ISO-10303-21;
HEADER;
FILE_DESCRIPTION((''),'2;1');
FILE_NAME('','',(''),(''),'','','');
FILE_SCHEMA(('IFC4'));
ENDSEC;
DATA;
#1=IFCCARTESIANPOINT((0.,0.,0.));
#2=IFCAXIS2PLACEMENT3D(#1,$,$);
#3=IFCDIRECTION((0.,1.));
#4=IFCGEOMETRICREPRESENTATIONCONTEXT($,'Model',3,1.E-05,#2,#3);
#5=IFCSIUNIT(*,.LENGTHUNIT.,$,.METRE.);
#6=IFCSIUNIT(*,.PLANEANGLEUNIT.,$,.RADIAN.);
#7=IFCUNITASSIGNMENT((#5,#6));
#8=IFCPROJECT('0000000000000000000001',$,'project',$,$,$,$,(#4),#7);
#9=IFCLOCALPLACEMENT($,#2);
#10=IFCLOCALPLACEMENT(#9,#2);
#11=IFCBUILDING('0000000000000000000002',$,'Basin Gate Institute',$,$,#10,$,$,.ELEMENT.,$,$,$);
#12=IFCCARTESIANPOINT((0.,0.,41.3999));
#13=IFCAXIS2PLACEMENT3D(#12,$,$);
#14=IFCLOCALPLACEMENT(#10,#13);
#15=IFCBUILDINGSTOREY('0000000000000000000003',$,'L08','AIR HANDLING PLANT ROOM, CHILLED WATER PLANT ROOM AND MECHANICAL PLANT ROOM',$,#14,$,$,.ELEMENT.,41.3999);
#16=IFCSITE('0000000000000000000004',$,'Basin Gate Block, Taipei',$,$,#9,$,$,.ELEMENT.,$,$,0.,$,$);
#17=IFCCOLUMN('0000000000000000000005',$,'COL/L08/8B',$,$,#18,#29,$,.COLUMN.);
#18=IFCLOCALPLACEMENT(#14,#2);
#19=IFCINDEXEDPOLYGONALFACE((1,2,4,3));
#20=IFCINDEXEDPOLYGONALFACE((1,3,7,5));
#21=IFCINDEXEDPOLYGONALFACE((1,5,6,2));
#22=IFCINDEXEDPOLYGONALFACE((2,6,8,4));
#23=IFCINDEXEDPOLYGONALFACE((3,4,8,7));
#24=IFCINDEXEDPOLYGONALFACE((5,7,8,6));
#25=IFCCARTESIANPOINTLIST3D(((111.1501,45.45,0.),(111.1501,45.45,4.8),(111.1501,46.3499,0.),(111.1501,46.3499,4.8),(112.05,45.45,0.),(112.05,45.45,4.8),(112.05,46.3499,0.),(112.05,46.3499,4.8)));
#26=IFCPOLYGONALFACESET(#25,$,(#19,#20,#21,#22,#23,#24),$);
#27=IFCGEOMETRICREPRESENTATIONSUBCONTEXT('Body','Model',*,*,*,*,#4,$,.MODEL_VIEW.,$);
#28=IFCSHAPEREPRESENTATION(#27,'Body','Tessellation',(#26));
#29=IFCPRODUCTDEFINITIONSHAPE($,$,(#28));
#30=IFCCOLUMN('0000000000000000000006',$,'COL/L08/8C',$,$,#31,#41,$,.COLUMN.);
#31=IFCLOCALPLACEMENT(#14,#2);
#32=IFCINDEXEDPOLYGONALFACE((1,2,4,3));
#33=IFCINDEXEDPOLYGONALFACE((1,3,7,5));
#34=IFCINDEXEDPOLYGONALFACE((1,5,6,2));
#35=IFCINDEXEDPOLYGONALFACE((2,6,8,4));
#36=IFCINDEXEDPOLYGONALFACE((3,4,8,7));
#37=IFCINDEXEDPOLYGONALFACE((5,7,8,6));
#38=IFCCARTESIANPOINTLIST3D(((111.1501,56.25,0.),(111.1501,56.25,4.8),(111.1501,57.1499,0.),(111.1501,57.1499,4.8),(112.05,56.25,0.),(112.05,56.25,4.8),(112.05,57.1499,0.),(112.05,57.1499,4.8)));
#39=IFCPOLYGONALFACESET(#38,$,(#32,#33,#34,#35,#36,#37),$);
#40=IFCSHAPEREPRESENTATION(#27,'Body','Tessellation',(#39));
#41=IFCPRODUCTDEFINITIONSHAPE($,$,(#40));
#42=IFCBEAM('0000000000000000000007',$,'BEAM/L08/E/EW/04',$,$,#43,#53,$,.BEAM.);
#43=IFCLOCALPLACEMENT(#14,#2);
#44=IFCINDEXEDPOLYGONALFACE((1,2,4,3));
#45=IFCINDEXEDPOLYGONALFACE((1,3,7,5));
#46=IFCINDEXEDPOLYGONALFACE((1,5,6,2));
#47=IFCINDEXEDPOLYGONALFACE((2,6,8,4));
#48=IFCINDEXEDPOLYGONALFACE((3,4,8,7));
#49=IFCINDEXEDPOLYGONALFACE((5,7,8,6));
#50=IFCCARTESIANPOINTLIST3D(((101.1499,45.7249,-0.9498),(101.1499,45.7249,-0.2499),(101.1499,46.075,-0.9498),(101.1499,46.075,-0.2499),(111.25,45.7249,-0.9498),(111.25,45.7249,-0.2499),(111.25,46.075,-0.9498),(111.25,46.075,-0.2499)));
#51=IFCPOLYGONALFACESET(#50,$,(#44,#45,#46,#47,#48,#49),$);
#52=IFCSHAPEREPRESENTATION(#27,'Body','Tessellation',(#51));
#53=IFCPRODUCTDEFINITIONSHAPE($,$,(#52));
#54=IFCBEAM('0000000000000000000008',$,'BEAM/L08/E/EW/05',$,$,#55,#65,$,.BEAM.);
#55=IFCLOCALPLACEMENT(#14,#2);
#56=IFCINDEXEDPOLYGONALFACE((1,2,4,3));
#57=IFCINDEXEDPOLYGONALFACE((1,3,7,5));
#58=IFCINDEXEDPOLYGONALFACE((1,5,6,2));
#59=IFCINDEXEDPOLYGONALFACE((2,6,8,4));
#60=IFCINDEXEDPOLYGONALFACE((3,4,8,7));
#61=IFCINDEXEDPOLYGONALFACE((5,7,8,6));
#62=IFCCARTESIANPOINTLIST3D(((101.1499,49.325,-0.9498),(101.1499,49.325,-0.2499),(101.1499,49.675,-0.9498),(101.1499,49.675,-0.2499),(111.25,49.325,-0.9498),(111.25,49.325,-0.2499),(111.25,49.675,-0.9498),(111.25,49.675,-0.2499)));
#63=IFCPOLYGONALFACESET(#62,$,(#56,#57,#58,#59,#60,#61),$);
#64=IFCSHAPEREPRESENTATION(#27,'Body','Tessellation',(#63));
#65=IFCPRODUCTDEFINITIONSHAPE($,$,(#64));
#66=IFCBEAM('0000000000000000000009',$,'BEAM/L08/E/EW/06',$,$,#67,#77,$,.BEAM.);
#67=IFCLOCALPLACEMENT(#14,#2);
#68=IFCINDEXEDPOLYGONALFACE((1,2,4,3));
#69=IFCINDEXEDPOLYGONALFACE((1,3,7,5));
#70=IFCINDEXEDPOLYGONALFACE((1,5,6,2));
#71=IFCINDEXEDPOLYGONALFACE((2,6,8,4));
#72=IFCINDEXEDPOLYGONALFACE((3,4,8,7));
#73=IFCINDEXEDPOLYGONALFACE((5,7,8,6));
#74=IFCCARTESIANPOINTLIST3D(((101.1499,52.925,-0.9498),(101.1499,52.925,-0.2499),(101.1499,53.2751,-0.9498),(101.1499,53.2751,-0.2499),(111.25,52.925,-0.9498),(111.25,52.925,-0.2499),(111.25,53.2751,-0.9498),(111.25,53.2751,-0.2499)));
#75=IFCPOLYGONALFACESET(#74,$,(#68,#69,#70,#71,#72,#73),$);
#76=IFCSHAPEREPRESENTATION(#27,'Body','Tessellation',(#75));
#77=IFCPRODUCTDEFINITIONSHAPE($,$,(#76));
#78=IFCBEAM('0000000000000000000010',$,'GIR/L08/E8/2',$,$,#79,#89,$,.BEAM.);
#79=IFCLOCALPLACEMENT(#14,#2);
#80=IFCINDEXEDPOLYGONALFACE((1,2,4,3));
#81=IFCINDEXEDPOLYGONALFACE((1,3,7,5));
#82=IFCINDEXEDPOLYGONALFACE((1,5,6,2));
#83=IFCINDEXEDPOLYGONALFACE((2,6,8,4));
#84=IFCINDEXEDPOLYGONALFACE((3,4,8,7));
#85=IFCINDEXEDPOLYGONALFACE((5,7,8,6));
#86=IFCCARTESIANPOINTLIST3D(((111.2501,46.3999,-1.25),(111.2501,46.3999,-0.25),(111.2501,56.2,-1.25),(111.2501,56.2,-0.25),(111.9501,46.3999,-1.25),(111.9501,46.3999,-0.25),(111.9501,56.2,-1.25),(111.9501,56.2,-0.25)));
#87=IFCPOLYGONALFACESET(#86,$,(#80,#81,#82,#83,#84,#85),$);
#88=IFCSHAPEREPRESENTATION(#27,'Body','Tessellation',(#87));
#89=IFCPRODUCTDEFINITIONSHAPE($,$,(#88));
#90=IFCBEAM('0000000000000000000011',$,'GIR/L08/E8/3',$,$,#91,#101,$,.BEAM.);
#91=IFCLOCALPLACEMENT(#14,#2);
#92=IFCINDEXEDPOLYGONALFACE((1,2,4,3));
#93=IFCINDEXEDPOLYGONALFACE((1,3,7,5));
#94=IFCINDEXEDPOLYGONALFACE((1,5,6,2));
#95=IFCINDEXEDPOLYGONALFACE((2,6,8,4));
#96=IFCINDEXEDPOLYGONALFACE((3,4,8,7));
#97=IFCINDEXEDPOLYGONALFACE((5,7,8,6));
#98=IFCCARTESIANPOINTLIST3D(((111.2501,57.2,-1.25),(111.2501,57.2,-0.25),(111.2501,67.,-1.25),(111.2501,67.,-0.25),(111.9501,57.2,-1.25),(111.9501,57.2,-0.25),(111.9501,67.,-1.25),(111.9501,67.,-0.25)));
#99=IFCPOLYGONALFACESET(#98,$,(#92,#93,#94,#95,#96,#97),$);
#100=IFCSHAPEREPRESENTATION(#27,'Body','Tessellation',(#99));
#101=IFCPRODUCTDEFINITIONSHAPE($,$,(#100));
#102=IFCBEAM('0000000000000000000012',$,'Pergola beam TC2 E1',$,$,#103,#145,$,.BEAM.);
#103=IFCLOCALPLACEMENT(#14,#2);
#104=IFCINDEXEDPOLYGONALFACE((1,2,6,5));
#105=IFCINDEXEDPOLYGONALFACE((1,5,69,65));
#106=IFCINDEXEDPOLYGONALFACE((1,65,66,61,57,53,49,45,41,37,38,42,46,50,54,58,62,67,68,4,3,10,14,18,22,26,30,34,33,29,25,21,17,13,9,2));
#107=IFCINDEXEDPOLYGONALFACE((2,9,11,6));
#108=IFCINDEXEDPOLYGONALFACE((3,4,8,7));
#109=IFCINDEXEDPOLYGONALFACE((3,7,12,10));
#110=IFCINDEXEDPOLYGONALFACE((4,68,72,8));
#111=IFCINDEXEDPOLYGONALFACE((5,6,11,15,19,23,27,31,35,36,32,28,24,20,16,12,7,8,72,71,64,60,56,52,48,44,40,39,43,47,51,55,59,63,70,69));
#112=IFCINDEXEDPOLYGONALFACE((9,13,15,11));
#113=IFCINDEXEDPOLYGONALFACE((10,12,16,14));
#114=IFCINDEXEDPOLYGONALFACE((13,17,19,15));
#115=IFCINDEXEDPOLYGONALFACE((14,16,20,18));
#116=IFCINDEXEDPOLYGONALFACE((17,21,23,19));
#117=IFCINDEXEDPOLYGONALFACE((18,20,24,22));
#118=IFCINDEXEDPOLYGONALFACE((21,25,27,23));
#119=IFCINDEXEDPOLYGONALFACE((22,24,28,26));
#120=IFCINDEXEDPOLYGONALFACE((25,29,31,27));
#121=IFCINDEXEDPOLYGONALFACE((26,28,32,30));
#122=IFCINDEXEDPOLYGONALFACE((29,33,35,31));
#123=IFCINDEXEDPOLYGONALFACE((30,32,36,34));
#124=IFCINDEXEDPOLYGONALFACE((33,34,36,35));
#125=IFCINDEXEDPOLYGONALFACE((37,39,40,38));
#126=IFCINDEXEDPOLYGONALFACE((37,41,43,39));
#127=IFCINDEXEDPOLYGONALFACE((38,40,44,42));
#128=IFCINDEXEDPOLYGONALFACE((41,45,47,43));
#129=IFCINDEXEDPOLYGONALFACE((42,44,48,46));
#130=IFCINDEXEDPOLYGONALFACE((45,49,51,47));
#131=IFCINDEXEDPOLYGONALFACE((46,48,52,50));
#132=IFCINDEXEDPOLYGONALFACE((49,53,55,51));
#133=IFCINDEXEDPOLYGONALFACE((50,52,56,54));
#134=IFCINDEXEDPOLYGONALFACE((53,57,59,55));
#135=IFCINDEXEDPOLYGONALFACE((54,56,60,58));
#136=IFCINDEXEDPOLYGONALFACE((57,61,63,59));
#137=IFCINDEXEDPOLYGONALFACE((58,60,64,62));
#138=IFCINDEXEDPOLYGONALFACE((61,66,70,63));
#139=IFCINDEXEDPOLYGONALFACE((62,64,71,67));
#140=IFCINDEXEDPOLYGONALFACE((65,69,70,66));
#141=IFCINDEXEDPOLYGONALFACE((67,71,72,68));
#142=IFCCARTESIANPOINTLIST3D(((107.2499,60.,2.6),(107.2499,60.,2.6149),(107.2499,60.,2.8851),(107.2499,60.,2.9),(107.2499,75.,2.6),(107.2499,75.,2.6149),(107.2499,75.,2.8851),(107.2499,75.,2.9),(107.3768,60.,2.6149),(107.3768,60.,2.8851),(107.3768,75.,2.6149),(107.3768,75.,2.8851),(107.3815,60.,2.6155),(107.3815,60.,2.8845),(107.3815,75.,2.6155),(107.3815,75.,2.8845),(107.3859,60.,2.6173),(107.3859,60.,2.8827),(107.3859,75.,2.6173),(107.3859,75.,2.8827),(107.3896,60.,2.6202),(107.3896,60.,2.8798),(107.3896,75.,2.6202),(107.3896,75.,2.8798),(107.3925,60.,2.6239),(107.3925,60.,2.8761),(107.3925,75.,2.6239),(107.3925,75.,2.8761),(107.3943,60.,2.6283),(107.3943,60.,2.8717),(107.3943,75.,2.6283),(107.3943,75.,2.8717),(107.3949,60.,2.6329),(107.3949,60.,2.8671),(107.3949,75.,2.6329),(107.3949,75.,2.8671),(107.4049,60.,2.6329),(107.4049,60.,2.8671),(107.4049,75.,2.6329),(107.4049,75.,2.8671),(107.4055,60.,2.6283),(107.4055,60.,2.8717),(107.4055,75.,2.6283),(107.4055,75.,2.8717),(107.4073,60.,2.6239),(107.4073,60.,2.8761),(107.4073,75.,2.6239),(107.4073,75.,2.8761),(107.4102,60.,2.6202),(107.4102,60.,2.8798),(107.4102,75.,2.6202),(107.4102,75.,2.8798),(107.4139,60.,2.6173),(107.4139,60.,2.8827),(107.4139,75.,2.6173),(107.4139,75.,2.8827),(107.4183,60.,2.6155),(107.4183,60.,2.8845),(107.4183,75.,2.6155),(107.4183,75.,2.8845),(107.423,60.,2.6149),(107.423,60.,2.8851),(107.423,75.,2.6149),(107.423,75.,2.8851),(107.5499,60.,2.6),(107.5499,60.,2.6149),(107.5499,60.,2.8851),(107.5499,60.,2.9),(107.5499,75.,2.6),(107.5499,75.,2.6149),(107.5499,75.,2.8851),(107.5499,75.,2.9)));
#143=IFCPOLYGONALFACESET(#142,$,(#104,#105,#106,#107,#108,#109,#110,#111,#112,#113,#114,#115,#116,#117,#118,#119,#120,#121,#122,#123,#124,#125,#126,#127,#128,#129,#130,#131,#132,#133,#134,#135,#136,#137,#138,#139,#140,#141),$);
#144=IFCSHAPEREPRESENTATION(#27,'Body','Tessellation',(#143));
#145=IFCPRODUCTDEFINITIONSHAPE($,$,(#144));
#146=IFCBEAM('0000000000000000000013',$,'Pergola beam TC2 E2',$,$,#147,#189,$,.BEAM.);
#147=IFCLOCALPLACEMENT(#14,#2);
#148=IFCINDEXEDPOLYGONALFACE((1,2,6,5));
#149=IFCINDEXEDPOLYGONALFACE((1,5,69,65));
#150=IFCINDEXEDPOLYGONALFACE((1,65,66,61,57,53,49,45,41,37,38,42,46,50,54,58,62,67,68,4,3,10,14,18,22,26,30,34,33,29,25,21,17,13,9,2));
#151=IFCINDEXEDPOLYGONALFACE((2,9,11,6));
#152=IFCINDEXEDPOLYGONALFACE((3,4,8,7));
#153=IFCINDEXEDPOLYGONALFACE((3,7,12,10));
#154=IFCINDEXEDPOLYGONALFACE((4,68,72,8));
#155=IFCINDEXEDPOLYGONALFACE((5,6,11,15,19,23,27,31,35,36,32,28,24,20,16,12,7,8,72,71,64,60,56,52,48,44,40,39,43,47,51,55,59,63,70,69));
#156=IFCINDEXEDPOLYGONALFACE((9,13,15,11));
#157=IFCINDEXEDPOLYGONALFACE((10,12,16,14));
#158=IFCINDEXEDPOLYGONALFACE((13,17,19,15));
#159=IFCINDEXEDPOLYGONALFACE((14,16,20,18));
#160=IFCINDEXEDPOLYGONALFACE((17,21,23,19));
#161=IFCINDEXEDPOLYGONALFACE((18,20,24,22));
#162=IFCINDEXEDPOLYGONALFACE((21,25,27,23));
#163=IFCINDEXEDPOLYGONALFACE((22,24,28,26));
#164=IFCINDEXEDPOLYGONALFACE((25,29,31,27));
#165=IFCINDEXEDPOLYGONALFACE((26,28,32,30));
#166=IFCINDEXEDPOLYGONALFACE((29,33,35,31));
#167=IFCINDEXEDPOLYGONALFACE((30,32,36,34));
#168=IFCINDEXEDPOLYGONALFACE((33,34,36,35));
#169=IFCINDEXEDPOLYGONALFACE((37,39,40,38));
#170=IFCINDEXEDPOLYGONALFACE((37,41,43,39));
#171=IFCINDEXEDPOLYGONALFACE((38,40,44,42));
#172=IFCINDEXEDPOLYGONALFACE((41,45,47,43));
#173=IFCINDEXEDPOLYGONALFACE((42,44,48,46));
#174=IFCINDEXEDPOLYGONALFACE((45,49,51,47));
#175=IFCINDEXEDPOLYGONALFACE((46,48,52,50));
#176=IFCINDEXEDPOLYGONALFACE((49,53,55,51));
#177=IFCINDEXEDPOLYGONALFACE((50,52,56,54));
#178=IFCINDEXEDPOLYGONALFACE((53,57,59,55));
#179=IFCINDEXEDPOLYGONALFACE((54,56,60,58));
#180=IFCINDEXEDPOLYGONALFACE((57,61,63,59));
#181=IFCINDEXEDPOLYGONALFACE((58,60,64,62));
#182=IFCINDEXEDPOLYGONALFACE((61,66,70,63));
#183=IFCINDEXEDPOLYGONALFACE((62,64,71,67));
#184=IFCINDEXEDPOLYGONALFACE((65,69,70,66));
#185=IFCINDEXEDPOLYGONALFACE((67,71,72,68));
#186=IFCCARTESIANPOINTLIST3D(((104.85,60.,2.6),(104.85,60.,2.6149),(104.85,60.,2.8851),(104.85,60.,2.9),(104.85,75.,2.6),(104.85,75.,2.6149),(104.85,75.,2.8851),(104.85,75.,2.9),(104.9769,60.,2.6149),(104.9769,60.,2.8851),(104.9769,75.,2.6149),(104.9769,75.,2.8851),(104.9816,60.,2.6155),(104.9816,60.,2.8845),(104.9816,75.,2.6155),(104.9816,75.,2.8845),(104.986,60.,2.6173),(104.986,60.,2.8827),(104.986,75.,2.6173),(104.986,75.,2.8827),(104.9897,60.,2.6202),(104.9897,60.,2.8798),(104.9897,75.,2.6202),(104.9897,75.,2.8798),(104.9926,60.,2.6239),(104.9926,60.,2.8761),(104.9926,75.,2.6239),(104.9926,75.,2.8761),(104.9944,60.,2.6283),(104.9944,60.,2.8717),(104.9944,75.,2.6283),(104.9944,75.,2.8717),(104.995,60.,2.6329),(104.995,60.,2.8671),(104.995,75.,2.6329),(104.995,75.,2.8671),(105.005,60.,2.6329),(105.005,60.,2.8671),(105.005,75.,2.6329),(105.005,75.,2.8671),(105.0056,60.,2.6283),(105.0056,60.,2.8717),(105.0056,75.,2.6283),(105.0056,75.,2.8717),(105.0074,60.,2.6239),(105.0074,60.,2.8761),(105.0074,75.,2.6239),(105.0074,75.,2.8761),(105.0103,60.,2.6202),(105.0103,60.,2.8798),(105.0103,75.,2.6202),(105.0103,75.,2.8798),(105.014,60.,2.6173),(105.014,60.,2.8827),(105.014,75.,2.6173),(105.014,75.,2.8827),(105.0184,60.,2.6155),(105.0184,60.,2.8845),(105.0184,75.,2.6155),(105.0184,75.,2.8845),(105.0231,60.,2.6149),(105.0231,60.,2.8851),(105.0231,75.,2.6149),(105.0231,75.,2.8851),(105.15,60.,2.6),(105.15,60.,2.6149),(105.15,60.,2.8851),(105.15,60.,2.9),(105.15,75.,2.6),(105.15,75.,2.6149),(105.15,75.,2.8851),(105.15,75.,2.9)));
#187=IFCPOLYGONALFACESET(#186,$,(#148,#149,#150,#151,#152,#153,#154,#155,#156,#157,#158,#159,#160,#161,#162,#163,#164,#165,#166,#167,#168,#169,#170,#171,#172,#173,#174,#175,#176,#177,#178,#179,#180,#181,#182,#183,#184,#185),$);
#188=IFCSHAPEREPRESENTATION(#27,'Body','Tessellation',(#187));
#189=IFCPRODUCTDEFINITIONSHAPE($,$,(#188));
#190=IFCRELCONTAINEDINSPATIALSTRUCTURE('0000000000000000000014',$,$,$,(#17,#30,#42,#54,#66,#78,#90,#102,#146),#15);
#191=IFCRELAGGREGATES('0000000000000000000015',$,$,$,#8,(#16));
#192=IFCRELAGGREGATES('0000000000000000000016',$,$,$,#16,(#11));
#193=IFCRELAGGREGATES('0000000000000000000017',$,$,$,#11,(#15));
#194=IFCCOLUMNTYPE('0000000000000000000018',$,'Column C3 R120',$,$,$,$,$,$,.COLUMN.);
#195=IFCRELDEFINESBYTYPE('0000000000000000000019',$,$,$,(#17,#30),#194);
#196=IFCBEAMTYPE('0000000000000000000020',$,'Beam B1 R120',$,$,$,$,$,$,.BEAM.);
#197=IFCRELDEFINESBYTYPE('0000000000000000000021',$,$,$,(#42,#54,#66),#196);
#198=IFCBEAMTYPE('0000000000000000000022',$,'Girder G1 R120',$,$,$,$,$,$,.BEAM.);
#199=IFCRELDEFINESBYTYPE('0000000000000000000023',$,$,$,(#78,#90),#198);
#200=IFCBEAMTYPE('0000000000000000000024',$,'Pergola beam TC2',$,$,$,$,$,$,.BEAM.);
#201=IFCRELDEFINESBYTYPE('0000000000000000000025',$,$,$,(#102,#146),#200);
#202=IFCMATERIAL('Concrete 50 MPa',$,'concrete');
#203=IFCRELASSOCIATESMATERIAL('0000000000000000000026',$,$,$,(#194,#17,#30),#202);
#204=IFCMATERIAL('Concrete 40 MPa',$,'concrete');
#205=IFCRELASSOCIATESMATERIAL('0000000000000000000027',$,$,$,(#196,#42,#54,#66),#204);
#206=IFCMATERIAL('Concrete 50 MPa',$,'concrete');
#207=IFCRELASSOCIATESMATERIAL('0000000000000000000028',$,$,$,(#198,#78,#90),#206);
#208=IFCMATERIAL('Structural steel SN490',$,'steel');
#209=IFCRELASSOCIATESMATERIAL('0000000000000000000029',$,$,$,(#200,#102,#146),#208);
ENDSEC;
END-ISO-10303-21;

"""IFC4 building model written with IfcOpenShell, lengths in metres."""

from ifc_helpers import new_model, si_unit, direction, frame, origin, origin_2d, place, context, subcontext, project, spatial, rectangle, i_section, extrude, material, material_profile, profile_set, type_object, element, save


model = new_model("IFC4")

# Units and contexts
model_context = context("Model", 3, precision=1e-05, world=origin(), true_north=direction((0.0, 1.0)))
body_context = subcontext(model_context, "Body", "Model", "MODEL_VIEW")
ifc_project = project(units=[si_unit("LENGTHUNIT", "METRE"), si_unit("PLANEANGLEUNIT", "RADIAN")], contexts=[model_context])

# Site, building, storey
site_placement = place(None, origin())
site = spatial("IfcSite", under=ifc_project, at=site_placement, Name="Basin Gate Block, Taipei", CompositionType="ELEMENT", RefElevation=0.0)
building_placement = place(site_placement, origin())
building = spatial("IfcBuilding", under=site, at=building_placement, Name="Basin Gate Institute", CompositionType="ELEMENT")
storey_placement = place(building_placement, frame((0.0, 0.0, 41.3999)))
storey = spatial("IfcBuildingStorey", under=building, at=storey_placement, Name="L08", Description="AIR HANDLING PLANT ROOM, CHILLED WATER PLANT ROOM AND MECHANICAL PLANT ROOM", CompositionType="ELEMENT", Elevation=41.3999)

# Columns
ifc_material_1 = material(Name="Concrete 50 MPa", Category="concrete")
ifc_material_profile_1 = material_profile(ifc_material_1, rectangle(XDim=0.8999, YDim=0.8999, at=origin_2d()), Name="Column C3 900 x 900")
ifc_profile_set_1 = profile_set([ifc_material_profile_1], Name="Concrete 50 MPa")
column_type = type_object("IfcColumnType", Name="Column C3 R120", PredefinedType="COLUMN", material=ifc_profile_set_1)
for number, where, z_axis, x_axis, name in (
    (1, (111.6001, 45.8999, 0.0), (0.0, 0.0, 1.0), (1.0, 0.0, 0.0), "COL/L08/8B"),
    (2, (111.6001, 56.7, 0.0), (0.0, 0.0, 1.0), (1.0, 0.0, 0.0), "COL/L08/8C"),
):
    element("IfcColumn", number, at=place(storey_placement, frame(where, z_axis=z_axis, x_axis=x_axis)), inside=storey, type_object=column_type, material=ifc_profile_set_1, Name=name, PredefinedType="COLUMN", context=body_context, shape_type="SweptSolid", body=[
        extrude(rectangle(XDim=0.8999, YDim=0.8999, at=origin_2d()), origin(), (0.0, 0.0, 1.0), 4.8),
    ])

# Beams
ifc_material_2 = material(Name="Concrete 40 MPa", Category="concrete")
ifc_material_profile_2 = material_profile(ifc_material_2, rectangle(XDim=0.3501, YDim=0.7, at=origin_2d()), Name="Beam B1 350 x 700")
ifc_profile_set_2 = profile_set([ifc_material_profile_2], Name="Concrete 40 MPa")
beam_type_1 = type_object("IfcBeamType", Name="Beam B1 R120", PredefinedType="BEAM", material=ifc_profile_set_2)
for number, where, z_axis, x_axis, name in (
    (3, (111.25, 45.8999, -0.5999), (-1.0, 0.0, 0.0), (0.0, -1.0, 0.0), "BEAM/L08/E/EW/04"),
    (4, (111.25, 49.5, -0.5999), (-1.0, 0.0, 0.0), (0.0, -1.0, 0.0), "BEAM/L08/E/EW/05"),
    (5, (111.25, 53.1001, -0.5999), (-1.0, 0.0, 0.0), (0.0, -1.0, 0.0), "BEAM/L08/E/EW/06"),
):
    element("IfcBeam", number, at=place(storey_placement, frame(where, z_axis=z_axis, x_axis=x_axis)), inside=storey, type_object=beam_type_1, material=ifc_profile_set_2, Name=name, PredefinedType="BEAM", context=body_context, shape_type="SweptSolid", body=[
        extrude(rectangle(XDim=0.3501, YDim=0.7, at=origin_2d()), origin(), (0.0, 0.0, 1.0), 10.1001),
    ])
ifc_material_3 = material(Name="Concrete 50 MPa", Category="concrete")
ifc_material_profile_3 = material_profile(ifc_material_3, rectangle(XDim=0.7, YDim=1.0, at=origin_2d()), Name="Girder G1 700 x 1000")
ifc_profile_set_3 = profile_set([ifc_material_profile_3], Name="Concrete 50 MPa")
beam_type_2 = type_object("IfcBeamType", Name="Girder G1 R120", PredefinedType="BEAM", material=ifc_profile_set_3)
for number, where, z_axis, x_axis, name in (
    (6, (111.6001, 46.3999, -0.75), (0.0, 1.0, 0.0), (-1.0, 0.0, 0.0), "GIR/L08/E8/2"),
    (7, (111.6001, 57.2, -0.75), (0.0, 1.0, 0.0), (-1.0, 0.0, 0.0), "GIR/L08/E8/3"),
):
    element("IfcBeam", number, at=place(storey_placement, frame(where, z_axis=z_axis, x_axis=x_axis)), inside=storey, type_object=beam_type_2, material=ifc_profile_set_3, Name=name, PredefinedType="BEAM", context=body_context, shape_type="SweptSolid", body=[
        extrude(rectangle(XDim=0.7, YDim=1.0, at=origin_2d()), origin(), (0.0, 0.0, 1.0), 9.8),
    ])
ifc_material_4 = material(Name="Structural steel SN490", Category="steel")
ifc_material_profile_4 = material_profile(ifc_material_4, i_section(OverallWidth=0.3, OverallDepth=0.3, WebThickness=0.01, FlangeThickness=0.0149, FilletRadius=0.0181, at=origin_2d()), Name="H300x300")
ifc_profile_set_4 = profile_set([ifc_material_profile_4], Name="Structural steel SN490")
beam_type_3 = type_object("IfcBeamType", Name="Pergola beam TC2", PredefinedType="BEAM", material=ifc_profile_set_4)
for number, where, z_axis, x_axis, name in (
    (8, (107.3999, 60.0, 2.75), (0.0, 1.0, 0.0), (-1.0, 0.0, 0.0), "Pergola beam TC2 E1"),
    (9, (105.0, 60.0, 2.75), (0.0, 1.0, 0.0), (-1.0, 0.0, 0.0), "Pergola beam TC2 E2"),
):
    element("IfcBeam", number, at=place(storey_placement, frame(where, z_axis=z_axis, x_axis=x_axis)), inside=storey, type_object=beam_type_3, material=ifc_profile_set_4, Name=name, PredefinedType="BEAM", context=body_context, shape_type="SweptSolid", body=[
        extrude(i_section(OverallWidth=0.3, OverallDepth=0.3, WebThickness=0.01, FlangeThickness=0.0149, FilletRadius=0.0181, at=origin_2d()), origin(), (0.0, 0.0, 1.0), 15.0),
    ])

save(model, "model.ifc")
